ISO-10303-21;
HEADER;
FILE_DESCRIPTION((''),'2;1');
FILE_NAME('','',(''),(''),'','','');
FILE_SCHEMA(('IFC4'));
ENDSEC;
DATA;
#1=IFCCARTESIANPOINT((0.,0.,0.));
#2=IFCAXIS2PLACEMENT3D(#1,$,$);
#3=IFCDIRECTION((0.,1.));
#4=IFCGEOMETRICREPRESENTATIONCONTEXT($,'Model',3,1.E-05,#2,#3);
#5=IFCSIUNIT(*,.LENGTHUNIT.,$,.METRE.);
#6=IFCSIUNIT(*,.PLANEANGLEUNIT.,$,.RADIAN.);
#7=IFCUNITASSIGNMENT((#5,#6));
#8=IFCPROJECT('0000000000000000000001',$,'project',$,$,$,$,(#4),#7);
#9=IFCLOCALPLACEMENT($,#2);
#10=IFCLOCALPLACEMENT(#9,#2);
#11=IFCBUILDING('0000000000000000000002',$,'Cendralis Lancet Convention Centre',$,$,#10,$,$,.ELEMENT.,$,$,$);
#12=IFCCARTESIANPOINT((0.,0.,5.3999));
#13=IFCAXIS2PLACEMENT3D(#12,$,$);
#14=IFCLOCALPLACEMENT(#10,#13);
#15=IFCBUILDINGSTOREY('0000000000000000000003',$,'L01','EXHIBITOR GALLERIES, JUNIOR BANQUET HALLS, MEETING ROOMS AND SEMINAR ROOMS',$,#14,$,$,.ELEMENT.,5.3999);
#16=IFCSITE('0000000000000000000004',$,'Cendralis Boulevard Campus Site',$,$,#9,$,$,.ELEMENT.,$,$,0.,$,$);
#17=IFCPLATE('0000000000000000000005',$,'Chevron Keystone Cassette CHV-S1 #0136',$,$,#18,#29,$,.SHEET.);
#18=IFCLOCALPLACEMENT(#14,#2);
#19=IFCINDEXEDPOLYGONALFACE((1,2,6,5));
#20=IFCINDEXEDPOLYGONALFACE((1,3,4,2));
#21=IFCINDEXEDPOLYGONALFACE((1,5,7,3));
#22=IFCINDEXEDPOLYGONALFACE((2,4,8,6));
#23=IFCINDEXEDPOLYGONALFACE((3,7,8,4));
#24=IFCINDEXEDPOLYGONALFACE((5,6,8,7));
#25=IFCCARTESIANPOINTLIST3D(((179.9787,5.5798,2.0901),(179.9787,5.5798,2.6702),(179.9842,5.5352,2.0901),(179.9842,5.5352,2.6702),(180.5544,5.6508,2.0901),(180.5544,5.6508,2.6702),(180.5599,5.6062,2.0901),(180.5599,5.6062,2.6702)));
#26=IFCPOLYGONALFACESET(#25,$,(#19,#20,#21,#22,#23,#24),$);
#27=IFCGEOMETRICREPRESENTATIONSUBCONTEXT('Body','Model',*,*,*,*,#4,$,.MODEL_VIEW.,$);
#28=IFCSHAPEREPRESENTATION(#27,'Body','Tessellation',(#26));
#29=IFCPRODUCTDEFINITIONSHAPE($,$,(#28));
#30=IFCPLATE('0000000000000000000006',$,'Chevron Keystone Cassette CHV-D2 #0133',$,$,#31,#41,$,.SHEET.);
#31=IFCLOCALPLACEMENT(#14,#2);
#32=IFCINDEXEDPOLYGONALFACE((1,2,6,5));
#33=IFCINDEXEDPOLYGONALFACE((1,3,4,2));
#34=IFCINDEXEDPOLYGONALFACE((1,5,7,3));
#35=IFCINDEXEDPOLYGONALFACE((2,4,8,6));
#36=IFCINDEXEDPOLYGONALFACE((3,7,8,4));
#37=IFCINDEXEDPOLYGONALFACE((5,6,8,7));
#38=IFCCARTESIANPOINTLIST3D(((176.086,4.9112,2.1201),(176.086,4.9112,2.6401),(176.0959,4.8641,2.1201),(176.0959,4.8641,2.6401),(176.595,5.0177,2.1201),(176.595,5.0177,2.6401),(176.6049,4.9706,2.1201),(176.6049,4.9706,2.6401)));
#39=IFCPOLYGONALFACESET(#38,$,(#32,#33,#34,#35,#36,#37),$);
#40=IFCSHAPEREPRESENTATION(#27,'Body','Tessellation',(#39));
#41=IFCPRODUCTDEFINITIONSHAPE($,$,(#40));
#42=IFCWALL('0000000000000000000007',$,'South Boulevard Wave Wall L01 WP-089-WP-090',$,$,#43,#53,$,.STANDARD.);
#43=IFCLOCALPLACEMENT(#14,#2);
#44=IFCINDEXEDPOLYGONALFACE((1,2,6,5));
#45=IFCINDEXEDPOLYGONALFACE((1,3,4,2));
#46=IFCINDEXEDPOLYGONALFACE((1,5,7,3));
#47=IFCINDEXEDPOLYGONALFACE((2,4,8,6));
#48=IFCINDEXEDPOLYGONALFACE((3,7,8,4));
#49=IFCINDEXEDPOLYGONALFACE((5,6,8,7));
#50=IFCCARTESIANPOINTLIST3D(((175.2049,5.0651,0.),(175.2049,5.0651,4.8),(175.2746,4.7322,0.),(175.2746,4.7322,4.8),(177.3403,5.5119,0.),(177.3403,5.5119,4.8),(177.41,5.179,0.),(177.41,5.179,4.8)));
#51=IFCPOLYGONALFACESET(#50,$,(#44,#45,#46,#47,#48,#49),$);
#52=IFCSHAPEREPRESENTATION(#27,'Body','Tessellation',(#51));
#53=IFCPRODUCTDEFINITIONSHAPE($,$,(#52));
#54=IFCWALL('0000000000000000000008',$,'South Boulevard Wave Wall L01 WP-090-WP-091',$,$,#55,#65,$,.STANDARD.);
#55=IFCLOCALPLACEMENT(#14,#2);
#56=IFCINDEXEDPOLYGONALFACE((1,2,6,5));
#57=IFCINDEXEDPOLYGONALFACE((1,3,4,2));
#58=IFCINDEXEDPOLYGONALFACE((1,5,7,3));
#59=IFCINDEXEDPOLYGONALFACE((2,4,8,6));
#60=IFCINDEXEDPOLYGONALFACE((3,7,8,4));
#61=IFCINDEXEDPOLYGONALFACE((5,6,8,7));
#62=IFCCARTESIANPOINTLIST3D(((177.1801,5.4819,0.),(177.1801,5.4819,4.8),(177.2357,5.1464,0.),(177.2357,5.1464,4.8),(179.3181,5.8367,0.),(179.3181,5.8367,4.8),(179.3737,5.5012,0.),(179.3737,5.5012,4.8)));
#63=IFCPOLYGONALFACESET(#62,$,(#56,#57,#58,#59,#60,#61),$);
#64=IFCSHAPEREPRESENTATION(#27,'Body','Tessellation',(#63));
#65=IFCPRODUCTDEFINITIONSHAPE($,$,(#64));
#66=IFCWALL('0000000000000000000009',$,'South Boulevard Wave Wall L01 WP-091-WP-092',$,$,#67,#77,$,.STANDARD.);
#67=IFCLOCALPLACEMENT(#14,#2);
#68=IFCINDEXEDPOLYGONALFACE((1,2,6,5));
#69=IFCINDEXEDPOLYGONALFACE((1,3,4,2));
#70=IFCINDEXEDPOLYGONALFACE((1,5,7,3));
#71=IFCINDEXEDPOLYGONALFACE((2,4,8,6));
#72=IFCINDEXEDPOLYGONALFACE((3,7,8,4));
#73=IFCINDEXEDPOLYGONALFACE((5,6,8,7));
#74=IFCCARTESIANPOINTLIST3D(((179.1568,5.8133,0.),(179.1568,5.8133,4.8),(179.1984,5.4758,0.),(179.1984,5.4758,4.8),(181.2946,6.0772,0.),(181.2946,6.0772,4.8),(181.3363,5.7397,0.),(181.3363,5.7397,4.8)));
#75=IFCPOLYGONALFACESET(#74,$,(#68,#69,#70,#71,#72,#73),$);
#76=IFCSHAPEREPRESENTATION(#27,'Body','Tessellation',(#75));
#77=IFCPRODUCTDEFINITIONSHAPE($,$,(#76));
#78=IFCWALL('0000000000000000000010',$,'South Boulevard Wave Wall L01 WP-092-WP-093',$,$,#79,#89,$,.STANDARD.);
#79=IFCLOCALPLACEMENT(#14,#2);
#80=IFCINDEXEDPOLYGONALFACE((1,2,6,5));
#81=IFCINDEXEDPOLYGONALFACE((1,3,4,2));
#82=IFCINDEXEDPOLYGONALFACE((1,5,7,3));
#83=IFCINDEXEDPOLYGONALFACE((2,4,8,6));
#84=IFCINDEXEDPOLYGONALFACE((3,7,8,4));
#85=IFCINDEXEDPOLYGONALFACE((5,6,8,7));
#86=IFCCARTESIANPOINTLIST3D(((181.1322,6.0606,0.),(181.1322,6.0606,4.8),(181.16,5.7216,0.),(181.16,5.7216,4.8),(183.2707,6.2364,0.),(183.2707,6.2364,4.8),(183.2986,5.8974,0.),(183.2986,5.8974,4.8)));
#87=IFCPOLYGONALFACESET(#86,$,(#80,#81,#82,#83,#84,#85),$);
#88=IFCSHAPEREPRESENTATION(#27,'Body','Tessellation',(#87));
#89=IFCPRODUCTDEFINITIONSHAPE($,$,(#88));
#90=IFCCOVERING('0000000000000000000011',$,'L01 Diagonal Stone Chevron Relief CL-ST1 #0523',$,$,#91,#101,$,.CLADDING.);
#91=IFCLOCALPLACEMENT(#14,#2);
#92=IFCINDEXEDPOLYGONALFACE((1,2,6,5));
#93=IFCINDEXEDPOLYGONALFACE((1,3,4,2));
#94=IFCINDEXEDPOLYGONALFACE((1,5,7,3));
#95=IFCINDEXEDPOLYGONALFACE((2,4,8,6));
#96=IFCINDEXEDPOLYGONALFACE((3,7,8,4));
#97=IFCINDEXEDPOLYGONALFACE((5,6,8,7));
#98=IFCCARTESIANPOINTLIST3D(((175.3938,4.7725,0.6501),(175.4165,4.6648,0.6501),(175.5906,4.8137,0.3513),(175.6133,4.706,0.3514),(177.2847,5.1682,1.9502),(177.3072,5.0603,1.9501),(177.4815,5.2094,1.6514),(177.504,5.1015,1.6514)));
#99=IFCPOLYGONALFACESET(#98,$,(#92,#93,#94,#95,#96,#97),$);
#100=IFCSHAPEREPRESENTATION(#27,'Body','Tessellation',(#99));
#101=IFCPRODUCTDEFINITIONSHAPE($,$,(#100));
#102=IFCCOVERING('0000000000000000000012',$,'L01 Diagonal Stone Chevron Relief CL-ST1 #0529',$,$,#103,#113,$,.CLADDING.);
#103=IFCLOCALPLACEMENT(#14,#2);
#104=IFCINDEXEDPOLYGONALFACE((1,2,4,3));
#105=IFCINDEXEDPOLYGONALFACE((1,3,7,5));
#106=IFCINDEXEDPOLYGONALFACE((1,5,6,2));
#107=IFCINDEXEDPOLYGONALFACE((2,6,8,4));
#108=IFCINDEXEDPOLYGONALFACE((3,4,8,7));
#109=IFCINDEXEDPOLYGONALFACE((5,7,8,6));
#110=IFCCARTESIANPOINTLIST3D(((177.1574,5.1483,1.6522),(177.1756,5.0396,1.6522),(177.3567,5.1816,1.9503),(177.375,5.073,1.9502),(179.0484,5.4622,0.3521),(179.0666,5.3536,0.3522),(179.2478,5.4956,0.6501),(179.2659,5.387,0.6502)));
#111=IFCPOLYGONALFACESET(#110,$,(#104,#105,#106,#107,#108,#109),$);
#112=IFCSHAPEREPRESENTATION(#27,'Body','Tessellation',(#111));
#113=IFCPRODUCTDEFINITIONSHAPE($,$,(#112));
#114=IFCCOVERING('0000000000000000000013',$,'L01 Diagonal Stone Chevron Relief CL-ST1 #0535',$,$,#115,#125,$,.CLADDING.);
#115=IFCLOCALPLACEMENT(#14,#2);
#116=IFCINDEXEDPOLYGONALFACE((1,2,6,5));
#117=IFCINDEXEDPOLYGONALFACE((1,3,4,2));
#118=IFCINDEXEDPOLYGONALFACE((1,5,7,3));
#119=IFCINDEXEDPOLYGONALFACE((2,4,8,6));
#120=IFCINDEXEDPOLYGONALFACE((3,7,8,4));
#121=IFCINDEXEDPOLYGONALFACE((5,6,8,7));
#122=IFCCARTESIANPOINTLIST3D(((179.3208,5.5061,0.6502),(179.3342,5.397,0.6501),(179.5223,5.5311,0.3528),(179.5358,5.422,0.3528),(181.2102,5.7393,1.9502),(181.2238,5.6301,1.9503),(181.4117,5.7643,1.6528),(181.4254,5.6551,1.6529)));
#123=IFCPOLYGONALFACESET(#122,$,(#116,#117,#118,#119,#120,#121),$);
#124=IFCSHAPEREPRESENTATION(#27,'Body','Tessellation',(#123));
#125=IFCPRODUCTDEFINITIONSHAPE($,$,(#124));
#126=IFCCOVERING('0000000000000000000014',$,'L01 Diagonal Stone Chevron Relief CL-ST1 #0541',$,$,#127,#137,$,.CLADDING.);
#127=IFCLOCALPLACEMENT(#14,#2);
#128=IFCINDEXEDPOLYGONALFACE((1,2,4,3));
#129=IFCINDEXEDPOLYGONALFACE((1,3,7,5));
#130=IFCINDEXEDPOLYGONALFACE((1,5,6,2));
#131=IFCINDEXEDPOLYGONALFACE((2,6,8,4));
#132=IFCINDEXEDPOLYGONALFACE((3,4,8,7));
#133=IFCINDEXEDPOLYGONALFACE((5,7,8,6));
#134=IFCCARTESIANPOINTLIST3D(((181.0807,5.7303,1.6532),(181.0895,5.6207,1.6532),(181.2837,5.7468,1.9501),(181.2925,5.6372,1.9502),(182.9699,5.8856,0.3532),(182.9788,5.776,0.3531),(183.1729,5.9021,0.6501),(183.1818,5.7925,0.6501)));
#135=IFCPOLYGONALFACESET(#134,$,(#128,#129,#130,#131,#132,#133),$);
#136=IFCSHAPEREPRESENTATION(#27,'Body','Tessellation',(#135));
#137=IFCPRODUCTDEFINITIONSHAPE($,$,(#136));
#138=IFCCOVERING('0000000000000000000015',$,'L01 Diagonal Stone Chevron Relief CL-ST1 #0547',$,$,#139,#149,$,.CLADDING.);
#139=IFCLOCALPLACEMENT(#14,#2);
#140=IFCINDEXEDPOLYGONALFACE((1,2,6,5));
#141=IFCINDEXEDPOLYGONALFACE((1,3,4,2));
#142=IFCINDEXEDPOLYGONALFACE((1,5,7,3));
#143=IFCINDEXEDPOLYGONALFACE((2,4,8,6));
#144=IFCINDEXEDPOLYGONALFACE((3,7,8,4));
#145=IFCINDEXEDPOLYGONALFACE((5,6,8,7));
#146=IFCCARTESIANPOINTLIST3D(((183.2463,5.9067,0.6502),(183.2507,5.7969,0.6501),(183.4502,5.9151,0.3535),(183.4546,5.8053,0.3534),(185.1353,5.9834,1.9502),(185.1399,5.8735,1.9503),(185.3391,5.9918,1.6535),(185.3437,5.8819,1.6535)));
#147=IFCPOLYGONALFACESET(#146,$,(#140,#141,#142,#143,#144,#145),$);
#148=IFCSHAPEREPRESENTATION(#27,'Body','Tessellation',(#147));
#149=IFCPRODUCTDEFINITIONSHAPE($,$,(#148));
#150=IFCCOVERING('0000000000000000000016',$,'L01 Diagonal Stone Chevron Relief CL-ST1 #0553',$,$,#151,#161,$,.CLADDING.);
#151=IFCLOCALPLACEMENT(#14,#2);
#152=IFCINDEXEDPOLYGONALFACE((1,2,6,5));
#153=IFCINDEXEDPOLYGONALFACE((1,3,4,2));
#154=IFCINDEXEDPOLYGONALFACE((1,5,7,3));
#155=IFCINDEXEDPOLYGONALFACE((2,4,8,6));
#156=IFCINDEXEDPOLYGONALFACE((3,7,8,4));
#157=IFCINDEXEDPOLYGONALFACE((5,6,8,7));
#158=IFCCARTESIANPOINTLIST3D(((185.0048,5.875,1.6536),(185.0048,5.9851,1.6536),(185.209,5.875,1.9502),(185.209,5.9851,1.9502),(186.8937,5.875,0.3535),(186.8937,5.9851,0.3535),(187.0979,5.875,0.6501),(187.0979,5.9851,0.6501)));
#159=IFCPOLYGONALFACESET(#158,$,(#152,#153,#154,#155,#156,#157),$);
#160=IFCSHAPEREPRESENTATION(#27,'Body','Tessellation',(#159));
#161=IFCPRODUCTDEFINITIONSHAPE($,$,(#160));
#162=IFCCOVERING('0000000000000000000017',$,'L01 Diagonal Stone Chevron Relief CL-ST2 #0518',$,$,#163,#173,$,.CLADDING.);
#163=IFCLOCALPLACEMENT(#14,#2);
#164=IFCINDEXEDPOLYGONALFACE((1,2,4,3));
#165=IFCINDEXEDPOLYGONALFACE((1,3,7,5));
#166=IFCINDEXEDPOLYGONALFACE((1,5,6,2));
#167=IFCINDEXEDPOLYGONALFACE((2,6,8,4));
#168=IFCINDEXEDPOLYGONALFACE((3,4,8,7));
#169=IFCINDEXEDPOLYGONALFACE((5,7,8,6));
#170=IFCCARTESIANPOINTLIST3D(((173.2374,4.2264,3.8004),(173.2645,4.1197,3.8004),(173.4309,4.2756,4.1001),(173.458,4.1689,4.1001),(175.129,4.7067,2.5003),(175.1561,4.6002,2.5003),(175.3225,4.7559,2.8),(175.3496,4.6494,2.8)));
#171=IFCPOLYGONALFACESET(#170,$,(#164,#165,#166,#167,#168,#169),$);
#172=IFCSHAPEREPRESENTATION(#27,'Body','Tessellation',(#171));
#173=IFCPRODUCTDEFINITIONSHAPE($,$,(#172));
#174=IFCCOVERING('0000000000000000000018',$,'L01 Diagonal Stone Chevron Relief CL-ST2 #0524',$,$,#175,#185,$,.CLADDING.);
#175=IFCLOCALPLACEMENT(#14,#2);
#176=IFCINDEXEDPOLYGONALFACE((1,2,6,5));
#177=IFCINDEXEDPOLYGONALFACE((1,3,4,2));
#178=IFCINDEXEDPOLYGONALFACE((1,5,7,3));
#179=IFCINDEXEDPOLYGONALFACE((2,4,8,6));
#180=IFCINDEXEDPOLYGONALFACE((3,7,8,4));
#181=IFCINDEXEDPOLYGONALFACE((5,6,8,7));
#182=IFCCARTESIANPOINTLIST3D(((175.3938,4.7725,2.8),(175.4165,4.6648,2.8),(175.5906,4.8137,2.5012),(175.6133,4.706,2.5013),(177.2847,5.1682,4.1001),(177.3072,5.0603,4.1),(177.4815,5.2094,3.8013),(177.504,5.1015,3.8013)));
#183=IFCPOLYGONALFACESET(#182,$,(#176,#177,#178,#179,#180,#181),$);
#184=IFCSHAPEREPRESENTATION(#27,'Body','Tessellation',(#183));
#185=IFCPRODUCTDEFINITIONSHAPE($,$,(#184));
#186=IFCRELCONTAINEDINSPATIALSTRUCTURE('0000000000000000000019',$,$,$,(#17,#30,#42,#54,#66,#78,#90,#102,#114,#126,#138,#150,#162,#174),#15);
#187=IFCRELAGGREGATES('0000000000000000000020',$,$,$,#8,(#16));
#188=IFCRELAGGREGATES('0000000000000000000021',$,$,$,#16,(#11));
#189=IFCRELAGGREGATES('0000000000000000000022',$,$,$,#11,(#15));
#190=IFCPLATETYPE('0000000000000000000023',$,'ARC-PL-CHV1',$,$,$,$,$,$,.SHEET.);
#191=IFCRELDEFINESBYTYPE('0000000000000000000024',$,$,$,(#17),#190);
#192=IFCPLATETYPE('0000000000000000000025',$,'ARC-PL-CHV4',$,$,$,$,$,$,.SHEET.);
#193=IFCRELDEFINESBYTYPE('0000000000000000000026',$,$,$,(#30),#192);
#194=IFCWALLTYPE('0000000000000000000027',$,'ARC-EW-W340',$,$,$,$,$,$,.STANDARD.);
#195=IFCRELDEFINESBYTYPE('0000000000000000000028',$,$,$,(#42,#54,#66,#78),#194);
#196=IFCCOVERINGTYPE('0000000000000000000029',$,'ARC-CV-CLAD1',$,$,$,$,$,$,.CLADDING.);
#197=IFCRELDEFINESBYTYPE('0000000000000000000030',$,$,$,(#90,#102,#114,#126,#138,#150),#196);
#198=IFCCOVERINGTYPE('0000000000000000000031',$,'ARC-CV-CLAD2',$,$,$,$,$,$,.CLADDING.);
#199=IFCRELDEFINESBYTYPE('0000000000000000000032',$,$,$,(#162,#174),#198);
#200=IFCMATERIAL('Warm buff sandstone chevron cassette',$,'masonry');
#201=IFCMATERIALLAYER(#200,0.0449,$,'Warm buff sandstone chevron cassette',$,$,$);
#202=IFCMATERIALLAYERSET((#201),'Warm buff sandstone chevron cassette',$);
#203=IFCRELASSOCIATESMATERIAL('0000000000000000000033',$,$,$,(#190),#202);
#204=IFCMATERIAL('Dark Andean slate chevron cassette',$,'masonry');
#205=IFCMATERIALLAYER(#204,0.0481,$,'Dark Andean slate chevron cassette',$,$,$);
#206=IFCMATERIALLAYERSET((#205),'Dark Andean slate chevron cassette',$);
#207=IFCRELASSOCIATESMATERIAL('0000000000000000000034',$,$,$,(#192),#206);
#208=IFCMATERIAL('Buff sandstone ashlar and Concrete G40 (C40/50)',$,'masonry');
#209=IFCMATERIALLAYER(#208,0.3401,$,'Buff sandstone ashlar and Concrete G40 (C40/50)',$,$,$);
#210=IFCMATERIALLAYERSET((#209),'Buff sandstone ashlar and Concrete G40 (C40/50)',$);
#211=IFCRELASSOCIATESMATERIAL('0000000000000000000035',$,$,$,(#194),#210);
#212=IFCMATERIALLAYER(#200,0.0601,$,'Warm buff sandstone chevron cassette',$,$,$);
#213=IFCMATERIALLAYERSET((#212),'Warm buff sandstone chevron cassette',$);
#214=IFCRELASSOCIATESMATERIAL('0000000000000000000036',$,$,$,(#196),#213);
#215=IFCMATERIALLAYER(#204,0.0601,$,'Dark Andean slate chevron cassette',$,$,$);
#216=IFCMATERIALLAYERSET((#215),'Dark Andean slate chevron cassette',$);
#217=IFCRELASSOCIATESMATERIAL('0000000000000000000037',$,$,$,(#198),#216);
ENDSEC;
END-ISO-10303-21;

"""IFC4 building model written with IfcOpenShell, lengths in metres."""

from ifc_helpers import new_model, si_unit, direction, frame, frame_2d, origin, origin_2d, place, context, subcontext, project, spatial, polyline, rectangle, outline, extrude, material, layer, layer_set, type_object, element, save


model = new_model("IFC4")

# Units and contexts
model_context = context("Model", 3, precision=1e-05, world=origin(), true_north=direction((0.0, 1.0)))
body_context = subcontext(model_context, "Body", "Model", "MODEL_VIEW")
ifc_project = project(units=[si_unit("LENGTHUNIT", "METRE"), si_unit("PLANEANGLEUNIT", "RADIAN")], contexts=[model_context])

# Site, building, storey
site_placement = place(None, origin())
site = spatial("IfcSite", under=ifc_project, at=site_placement, Name="Cendralis Boulevard Campus Site", CompositionType="ELEMENT", RefElevation=0.0)
building_placement = place(site_placement, origin())
building = spatial("IfcBuilding", under=site, at=building_placement, Name="Cendralis Lancet Convention Centre", CompositionType="ELEMENT")
storey_placement = place(building_placement, frame((0.0, 0.0, 5.3999)))
storey = spatial("IfcBuildingStorey", under=building, at=storey_placement, Name="L01", Description="EXHIBITOR GALLERIES, JUNIOR BANQUET HALLS, MEETING ROOMS AND SEMINAR ROOMS", CompositionType="ELEMENT", Elevation=5.3999)

# Plates
ifc_material_1 = material(Name="Warm buff sandstone chevron cassette", Category="masonry")
ifc_layer_1 = layer(ifc_material_1, 0.0449, Name="Warm buff sandstone chevron cassette")
ifc_layer_set_1 = layer_set([ifc_layer_1], Name="Warm buff sandstone chevron cassette")
plate_type_1 = type_object("IfcPlateType", Name="ARC-PL-CHV1", PredefinedType="SHEET", material=ifc_layer_set_1)
plate_1_placement = place(storey_placement, frame((180.2693, 5.593, 2.0901), z_axis=(0.0, 0.0, 1.0), x_axis=(0.992472, 0.122476, 0.0)))
element("IfcPlate", 1, at=plate_1_placement, inside=storey, type_object=plate_type_1, Name="Chevron Keystone Cassette CHV-S1 #0136", PredefinedType="SHEET", context=body_context, shape_type="SweptSolid", body=[
    extrude(rectangle(XDim=0.5801, YDim=0.0449, at=origin_2d()), origin(), (0.0, 0.0, 1.0), 0.5801),
])
ifc_material_2 = material(Name="Dark Andean slate chevron cassette", Category="masonry")
ifc_layer_2 = layer(ifc_material_2, 0.0481, Name="Dark Andean slate chevron cassette")
ifc_layer_set_2 = layer_set([ifc_layer_2], Name="Dark Andean slate chevron cassette")
plate_type_2 = type_object("IfcPlateType", Name="ARC-PL-CHV4", PredefinedType="SHEET", material=ifc_layer_set_2)
plate_2_placement = place(storey_placement, frame((176.3455, 4.9409, 2.1201), z_axis=(0.0, 0.0, 1.0), x_axis=(0.978803, 0.204804, 0.0)))
element("IfcPlate", 2, at=plate_2_placement, inside=storey, type_object=plate_type_2, Name="Chevron Keystone Cassette CHV-D2 #0133", PredefinedType="SHEET", context=body_context, shape_type="SweptSolid", body=[
    extrude(rectangle(XDim=0.52, YDim=0.0481, at=origin_2d()), origin(), (0.0, 0.0, 1.0), 0.52),
])

# Walls
ifc_material_3 = material(Name="Buff sandstone ashlar and Concrete G40 (C40/50)", Category="masonry")
ifc_layer_3 = layer(ifc_material_3, 0.3401, Name="Buff sandstone ashlar and Concrete G40 (C40/50)")
ifc_layer_set_3 = layer_set([ifc_layer_3], Name="Buff sandstone ashlar and Concrete G40 (C40/50)")
wall_type = type_object("IfcWallType", Name="ARC-EW-W340", PredefinedType="STANDARD", material=ifc_layer_set_3)
wall_1_placement = place(storey_placement, frame((175.2397, 4.8987, 0.0), z_axis=(0.0, 0.0, 1.0), x_axis=(0.978808, 0.204781, 0.0)))
element("IfcWall", 3, at=wall_1_placement, inside=storey, type_object=wall_type, Name="South Boulevard Wave Wall L01 WP-089-WP-090", PredefinedType="STANDARD", context=body_context, shape_type="SweptSolid", body=[
    extrude(rectangle(XDim=2.1816, YDim=0.3401, at=frame_2d((1.0908, 0.0))), origin(), (0.0, 0.0, 1.0), 4.8),
])
wall_2_placement = place(storey_placement, frame((177.208, 5.3142, 0.0), z_axis=(0.0, 0.0, 1.0), x_axis=(0.986512, 0.163686, 0.0)))
element("IfcWall", 4, at=wall_2_placement, inside=storey, type_object=wall_type, Name="South Boulevard Wave Wall L01 WP-090-WP-091", PredefinedType="STANDARD", context=body_context, shape_type="SweptSolid", body=[
    extrude(rectangle(XDim=2.1672, YDim=0.3401, at=frame_2d((1.0835, 0.0))), origin(), (0.0, 0.0, 1.0), 4.8),
])
wall_3_placement = place(storey_placement, frame((179.1775, 5.6445, 0.0), z_axis=(0.0, 0.0, 1.0), x_axis=(0.992467, 0.122514, 0.0)))
element("IfcWall", 5, at=wall_3_placement, inside=storey, type_object=wall_type, Name="South Boulevard Wave Wall L01 WP-091-WP-092", PredefinedType="STANDARD", context=body_context, shape_type="SweptSolid", body=[
    extrude(rectangle(XDim=2.1541, YDim=0.3401, at=frame_2d((1.0771, 0.0))), origin(), (0.0, 0.0, 1.0), 4.8),
])
wall_4_placement = place(storey_placement, frame((181.1462, 5.8911, 0.0), z_axis=(0.0, 0.0, 1.0), x_axis=(0.996639, 0.081925, 0.0)))
element("IfcWall", 6, at=wall_4_placement, inside=storey, type_object=wall_type, Name="South Boulevard Wave Wall L01 WP-092-WP-093", PredefinedType="STANDARD", context=body_context, shape_type="SweptSolid", body=[
    extrude(rectangle(XDim=2.1458, YDim=0.3401, at=frame_2d((1.0728, 0.0))), origin(), (0.0, 0.0, 1.0), 4.8),
])

# Coverings
ifc_layer_4 = layer(ifc_material_1, 0.0601, Name="Warm buff sandstone chevron cassette")
ifc_layer_set_4 = layer_set([ifc_layer_4], Name="Warm buff sandstone chevron cassette")
covering_type_1 = type_object("IfcCoveringType", Name="ARC-CV-CLAD1", PredefinedType="CLADDING", material=ifc_layer_set_4)
covering_1_placement = place(storey_placement, frame((175.4165, 4.6648, 0.6501), z_axis=(-0.546473, -0.114493, 0.829614), x_axis=(0.812036, 0.169873, 0.558338)))
element("IfcCovering", 7, at=covering_1_placement, inside=storey, type_object=covering_type_1, Name="L01 Diagonal Stone Chevron Relief CL-ST1 #0523", PredefinedType="CLADDING", context=body_context, shape_type="SweptSolid", body=[
    extrude(outline(polyline([(0.0, 0.0), (2.3283, 0.0), (2.3284, 0.1102), (-0.0001, 0.11), (0.0, 0.0)])), origin(), (0.0, 0.0, -1.0), 0.3601),
])
covering_2_placement = place(storey_placement, frame((177.375, 5.073, 1.9502), z_axis=(0.553593, 0.09268, 0.827614), x_axis=(0.816436, 0.135563, -0.561297)))
element("IfcCovering", 8, at=covering_2_placement, inside=storey, type_object=covering_type_1, Name="L01 Diagonal Stone Chevron Relief CL-ST1 #0529", PredefinedType="CLADDING", context=body_context, shape_type="SweptSolid", body=[
    extrude(outline(polyline([(0.0, 0.0), (2.316, 0.0), (2.316, 0.1101), (-0.0002, 0.1102), (0.0, 0.0)])), origin(), (0.0, 0.0, -1.0), 0.3601),
])
covering_3_placement = place(storey_placement, frame((179.3342, 5.397, 0.6501), z_axis=(-0.559621, -0.069483, 0.82583), x_axis=(0.819615, 0.101128, 0.563918)))
element("IfcCovering", 9, at=covering_3_placement, inside=storey, type_object=covering_type_1, Name="L01 Diagonal Stone Chevron Relief CL-ST1 #0535", PredefinedType="CLADDING", context=body_context, shape_type="SweptSolid", body=[
    extrude(outline(polyline([(0.0, 0.0), (2.3055, 0.0), (2.3053, 0.11), (0.0, 0.11), (0.0, 0.0)])), origin(), (0.0, 0.0, -1.0), 0.3601),
])
covering_4_placement = place(storey_placement, frame((181.2925, 5.6372, 1.9502), z_axis=(0.56372, 0.045826, 0.824694), x_axis=(0.821923, 0.067547, -0.56558)))
element("IfcCovering", 10, at=covering_4_placement, inside=storey, type_object=covering_type_1, Name="L01 Diagonal Stone Chevron Relief CL-ST1 #0541", PredefinedType="CLADDING", context=body_context, shape_type="SweptSolid", body=[
    extrude(outline(polyline([(0.0, 0.0), (2.2987, 0.0), (2.2987, 0.11), (0.0002, 0.11), (0.0, 0.0)])), origin(), (0.0, 0.0, -1.0), 0.3601),
])
covering_5_placement = place(storey_placement, frame((183.2507, 5.7969, 0.6501), z_axis=(-0.566129, -0.023274, 0.823988), x_axis=(0.82331, 0.033409, 0.566608)))
element("IfcCovering", 11, at=covering_5_placement, inside=storey, type_object=covering_type_1, Name="L01 Diagonal Stone Chevron Relief CL-ST1 #0547", PredefinedType="CLADDING", context=body_context, shape_type="SweptSolid", body=[
    extrude(outline(polyline([(0.0, 0.0), (2.2945, 0.0), (2.2944, 0.11), (0.0001, 0.11), (0.0, 0.0)])), origin(), (0.0, 0.0, -1.0), 0.3601),
])
covering_6_placement = place(storey_placement, frame((185.209, 5.875, 1.9502), z_axis=(0.566949, 0.0, 0.823753), x_axis=(0.823753, 0.0, -0.566949)))
element("IfcCovering", 12, at=covering_6_placement, inside=storey, type_object=covering_type_1, Name="L01 Diagonal Stone Chevron Relief CL-ST1 #0553", PredefinedType="CLADDING", context=body_context, shape_type="SweptSolid", body=[
    extrude(outline(polyline([(0.0, 0.0), (2.2931, 0.0), (2.2931, 0.1101), (0.0, 0.1101), (0.0, 0.0)])), origin(), (0.0, 0.0, -1.0), 0.3601),
])
ifc_layer_5 = layer(ifc_material_2, 0.0601, Name="Dark Andean slate chevron cassette")
ifc_layer_set_5 = layer_set([ifc_layer_5], Name="Dark Andean slate chevron cassette")
covering_type_2 = type_object("IfcCoveringType", Name="ARC-CV-CLAD2", PredefinedType="CLADDING", material=ifc_layer_set_5)
covering_7_placement = place(storey_placement, frame((173.458, 4.1689, 4.1001), z_axis=(0.537292, 0.136631, 0.832255), x_axis=(0.806641, 0.204888, -0.554392)))
element("IfcCovering", 13, at=covering_7_placement, inside=storey, type_object=covering_type_2, Name="L01 Diagonal Stone Chevron Relief CL-ST2 #0518", PredefinedType="CLADDING", context=body_context, shape_type="SweptSolid", body=[
    extrude(outline(polyline([(0.0, 0.0), (2.345, 0.0), (2.345, 0.1098), (0.0, 0.1101), (0.0, 0.0)])), origin(), (0.0, 0.0, -1.0), 0.3601),
])
covering_8_placement = place(storey_placement, frame((175.4165, 4.6648, 2.8), z_axis=(-0.546473, -0.114493, 0.829614), x_axis=(0.812036, 0.169873, 0.558338)))
element("IfcCovering", 14, at=covering_8_placement, inside=storey, type_object=covering_type_2, Name="L01 Diagonal Stone Chevron Relief CL-ST2 #0524", PredefinedType="CLADDING", context=body_context, shape_type="SweptSolid", body=[
    extrude(outline(polyline([(0.0, 0.0), (2.3283, 0.0), (2.3284, 0.1102), (-0.0001, 0.11), (0.0, 0.0)])), origin(), (0.0, 0.0, -1.0), 0.3601),
])

save(model, "model.ifc")
